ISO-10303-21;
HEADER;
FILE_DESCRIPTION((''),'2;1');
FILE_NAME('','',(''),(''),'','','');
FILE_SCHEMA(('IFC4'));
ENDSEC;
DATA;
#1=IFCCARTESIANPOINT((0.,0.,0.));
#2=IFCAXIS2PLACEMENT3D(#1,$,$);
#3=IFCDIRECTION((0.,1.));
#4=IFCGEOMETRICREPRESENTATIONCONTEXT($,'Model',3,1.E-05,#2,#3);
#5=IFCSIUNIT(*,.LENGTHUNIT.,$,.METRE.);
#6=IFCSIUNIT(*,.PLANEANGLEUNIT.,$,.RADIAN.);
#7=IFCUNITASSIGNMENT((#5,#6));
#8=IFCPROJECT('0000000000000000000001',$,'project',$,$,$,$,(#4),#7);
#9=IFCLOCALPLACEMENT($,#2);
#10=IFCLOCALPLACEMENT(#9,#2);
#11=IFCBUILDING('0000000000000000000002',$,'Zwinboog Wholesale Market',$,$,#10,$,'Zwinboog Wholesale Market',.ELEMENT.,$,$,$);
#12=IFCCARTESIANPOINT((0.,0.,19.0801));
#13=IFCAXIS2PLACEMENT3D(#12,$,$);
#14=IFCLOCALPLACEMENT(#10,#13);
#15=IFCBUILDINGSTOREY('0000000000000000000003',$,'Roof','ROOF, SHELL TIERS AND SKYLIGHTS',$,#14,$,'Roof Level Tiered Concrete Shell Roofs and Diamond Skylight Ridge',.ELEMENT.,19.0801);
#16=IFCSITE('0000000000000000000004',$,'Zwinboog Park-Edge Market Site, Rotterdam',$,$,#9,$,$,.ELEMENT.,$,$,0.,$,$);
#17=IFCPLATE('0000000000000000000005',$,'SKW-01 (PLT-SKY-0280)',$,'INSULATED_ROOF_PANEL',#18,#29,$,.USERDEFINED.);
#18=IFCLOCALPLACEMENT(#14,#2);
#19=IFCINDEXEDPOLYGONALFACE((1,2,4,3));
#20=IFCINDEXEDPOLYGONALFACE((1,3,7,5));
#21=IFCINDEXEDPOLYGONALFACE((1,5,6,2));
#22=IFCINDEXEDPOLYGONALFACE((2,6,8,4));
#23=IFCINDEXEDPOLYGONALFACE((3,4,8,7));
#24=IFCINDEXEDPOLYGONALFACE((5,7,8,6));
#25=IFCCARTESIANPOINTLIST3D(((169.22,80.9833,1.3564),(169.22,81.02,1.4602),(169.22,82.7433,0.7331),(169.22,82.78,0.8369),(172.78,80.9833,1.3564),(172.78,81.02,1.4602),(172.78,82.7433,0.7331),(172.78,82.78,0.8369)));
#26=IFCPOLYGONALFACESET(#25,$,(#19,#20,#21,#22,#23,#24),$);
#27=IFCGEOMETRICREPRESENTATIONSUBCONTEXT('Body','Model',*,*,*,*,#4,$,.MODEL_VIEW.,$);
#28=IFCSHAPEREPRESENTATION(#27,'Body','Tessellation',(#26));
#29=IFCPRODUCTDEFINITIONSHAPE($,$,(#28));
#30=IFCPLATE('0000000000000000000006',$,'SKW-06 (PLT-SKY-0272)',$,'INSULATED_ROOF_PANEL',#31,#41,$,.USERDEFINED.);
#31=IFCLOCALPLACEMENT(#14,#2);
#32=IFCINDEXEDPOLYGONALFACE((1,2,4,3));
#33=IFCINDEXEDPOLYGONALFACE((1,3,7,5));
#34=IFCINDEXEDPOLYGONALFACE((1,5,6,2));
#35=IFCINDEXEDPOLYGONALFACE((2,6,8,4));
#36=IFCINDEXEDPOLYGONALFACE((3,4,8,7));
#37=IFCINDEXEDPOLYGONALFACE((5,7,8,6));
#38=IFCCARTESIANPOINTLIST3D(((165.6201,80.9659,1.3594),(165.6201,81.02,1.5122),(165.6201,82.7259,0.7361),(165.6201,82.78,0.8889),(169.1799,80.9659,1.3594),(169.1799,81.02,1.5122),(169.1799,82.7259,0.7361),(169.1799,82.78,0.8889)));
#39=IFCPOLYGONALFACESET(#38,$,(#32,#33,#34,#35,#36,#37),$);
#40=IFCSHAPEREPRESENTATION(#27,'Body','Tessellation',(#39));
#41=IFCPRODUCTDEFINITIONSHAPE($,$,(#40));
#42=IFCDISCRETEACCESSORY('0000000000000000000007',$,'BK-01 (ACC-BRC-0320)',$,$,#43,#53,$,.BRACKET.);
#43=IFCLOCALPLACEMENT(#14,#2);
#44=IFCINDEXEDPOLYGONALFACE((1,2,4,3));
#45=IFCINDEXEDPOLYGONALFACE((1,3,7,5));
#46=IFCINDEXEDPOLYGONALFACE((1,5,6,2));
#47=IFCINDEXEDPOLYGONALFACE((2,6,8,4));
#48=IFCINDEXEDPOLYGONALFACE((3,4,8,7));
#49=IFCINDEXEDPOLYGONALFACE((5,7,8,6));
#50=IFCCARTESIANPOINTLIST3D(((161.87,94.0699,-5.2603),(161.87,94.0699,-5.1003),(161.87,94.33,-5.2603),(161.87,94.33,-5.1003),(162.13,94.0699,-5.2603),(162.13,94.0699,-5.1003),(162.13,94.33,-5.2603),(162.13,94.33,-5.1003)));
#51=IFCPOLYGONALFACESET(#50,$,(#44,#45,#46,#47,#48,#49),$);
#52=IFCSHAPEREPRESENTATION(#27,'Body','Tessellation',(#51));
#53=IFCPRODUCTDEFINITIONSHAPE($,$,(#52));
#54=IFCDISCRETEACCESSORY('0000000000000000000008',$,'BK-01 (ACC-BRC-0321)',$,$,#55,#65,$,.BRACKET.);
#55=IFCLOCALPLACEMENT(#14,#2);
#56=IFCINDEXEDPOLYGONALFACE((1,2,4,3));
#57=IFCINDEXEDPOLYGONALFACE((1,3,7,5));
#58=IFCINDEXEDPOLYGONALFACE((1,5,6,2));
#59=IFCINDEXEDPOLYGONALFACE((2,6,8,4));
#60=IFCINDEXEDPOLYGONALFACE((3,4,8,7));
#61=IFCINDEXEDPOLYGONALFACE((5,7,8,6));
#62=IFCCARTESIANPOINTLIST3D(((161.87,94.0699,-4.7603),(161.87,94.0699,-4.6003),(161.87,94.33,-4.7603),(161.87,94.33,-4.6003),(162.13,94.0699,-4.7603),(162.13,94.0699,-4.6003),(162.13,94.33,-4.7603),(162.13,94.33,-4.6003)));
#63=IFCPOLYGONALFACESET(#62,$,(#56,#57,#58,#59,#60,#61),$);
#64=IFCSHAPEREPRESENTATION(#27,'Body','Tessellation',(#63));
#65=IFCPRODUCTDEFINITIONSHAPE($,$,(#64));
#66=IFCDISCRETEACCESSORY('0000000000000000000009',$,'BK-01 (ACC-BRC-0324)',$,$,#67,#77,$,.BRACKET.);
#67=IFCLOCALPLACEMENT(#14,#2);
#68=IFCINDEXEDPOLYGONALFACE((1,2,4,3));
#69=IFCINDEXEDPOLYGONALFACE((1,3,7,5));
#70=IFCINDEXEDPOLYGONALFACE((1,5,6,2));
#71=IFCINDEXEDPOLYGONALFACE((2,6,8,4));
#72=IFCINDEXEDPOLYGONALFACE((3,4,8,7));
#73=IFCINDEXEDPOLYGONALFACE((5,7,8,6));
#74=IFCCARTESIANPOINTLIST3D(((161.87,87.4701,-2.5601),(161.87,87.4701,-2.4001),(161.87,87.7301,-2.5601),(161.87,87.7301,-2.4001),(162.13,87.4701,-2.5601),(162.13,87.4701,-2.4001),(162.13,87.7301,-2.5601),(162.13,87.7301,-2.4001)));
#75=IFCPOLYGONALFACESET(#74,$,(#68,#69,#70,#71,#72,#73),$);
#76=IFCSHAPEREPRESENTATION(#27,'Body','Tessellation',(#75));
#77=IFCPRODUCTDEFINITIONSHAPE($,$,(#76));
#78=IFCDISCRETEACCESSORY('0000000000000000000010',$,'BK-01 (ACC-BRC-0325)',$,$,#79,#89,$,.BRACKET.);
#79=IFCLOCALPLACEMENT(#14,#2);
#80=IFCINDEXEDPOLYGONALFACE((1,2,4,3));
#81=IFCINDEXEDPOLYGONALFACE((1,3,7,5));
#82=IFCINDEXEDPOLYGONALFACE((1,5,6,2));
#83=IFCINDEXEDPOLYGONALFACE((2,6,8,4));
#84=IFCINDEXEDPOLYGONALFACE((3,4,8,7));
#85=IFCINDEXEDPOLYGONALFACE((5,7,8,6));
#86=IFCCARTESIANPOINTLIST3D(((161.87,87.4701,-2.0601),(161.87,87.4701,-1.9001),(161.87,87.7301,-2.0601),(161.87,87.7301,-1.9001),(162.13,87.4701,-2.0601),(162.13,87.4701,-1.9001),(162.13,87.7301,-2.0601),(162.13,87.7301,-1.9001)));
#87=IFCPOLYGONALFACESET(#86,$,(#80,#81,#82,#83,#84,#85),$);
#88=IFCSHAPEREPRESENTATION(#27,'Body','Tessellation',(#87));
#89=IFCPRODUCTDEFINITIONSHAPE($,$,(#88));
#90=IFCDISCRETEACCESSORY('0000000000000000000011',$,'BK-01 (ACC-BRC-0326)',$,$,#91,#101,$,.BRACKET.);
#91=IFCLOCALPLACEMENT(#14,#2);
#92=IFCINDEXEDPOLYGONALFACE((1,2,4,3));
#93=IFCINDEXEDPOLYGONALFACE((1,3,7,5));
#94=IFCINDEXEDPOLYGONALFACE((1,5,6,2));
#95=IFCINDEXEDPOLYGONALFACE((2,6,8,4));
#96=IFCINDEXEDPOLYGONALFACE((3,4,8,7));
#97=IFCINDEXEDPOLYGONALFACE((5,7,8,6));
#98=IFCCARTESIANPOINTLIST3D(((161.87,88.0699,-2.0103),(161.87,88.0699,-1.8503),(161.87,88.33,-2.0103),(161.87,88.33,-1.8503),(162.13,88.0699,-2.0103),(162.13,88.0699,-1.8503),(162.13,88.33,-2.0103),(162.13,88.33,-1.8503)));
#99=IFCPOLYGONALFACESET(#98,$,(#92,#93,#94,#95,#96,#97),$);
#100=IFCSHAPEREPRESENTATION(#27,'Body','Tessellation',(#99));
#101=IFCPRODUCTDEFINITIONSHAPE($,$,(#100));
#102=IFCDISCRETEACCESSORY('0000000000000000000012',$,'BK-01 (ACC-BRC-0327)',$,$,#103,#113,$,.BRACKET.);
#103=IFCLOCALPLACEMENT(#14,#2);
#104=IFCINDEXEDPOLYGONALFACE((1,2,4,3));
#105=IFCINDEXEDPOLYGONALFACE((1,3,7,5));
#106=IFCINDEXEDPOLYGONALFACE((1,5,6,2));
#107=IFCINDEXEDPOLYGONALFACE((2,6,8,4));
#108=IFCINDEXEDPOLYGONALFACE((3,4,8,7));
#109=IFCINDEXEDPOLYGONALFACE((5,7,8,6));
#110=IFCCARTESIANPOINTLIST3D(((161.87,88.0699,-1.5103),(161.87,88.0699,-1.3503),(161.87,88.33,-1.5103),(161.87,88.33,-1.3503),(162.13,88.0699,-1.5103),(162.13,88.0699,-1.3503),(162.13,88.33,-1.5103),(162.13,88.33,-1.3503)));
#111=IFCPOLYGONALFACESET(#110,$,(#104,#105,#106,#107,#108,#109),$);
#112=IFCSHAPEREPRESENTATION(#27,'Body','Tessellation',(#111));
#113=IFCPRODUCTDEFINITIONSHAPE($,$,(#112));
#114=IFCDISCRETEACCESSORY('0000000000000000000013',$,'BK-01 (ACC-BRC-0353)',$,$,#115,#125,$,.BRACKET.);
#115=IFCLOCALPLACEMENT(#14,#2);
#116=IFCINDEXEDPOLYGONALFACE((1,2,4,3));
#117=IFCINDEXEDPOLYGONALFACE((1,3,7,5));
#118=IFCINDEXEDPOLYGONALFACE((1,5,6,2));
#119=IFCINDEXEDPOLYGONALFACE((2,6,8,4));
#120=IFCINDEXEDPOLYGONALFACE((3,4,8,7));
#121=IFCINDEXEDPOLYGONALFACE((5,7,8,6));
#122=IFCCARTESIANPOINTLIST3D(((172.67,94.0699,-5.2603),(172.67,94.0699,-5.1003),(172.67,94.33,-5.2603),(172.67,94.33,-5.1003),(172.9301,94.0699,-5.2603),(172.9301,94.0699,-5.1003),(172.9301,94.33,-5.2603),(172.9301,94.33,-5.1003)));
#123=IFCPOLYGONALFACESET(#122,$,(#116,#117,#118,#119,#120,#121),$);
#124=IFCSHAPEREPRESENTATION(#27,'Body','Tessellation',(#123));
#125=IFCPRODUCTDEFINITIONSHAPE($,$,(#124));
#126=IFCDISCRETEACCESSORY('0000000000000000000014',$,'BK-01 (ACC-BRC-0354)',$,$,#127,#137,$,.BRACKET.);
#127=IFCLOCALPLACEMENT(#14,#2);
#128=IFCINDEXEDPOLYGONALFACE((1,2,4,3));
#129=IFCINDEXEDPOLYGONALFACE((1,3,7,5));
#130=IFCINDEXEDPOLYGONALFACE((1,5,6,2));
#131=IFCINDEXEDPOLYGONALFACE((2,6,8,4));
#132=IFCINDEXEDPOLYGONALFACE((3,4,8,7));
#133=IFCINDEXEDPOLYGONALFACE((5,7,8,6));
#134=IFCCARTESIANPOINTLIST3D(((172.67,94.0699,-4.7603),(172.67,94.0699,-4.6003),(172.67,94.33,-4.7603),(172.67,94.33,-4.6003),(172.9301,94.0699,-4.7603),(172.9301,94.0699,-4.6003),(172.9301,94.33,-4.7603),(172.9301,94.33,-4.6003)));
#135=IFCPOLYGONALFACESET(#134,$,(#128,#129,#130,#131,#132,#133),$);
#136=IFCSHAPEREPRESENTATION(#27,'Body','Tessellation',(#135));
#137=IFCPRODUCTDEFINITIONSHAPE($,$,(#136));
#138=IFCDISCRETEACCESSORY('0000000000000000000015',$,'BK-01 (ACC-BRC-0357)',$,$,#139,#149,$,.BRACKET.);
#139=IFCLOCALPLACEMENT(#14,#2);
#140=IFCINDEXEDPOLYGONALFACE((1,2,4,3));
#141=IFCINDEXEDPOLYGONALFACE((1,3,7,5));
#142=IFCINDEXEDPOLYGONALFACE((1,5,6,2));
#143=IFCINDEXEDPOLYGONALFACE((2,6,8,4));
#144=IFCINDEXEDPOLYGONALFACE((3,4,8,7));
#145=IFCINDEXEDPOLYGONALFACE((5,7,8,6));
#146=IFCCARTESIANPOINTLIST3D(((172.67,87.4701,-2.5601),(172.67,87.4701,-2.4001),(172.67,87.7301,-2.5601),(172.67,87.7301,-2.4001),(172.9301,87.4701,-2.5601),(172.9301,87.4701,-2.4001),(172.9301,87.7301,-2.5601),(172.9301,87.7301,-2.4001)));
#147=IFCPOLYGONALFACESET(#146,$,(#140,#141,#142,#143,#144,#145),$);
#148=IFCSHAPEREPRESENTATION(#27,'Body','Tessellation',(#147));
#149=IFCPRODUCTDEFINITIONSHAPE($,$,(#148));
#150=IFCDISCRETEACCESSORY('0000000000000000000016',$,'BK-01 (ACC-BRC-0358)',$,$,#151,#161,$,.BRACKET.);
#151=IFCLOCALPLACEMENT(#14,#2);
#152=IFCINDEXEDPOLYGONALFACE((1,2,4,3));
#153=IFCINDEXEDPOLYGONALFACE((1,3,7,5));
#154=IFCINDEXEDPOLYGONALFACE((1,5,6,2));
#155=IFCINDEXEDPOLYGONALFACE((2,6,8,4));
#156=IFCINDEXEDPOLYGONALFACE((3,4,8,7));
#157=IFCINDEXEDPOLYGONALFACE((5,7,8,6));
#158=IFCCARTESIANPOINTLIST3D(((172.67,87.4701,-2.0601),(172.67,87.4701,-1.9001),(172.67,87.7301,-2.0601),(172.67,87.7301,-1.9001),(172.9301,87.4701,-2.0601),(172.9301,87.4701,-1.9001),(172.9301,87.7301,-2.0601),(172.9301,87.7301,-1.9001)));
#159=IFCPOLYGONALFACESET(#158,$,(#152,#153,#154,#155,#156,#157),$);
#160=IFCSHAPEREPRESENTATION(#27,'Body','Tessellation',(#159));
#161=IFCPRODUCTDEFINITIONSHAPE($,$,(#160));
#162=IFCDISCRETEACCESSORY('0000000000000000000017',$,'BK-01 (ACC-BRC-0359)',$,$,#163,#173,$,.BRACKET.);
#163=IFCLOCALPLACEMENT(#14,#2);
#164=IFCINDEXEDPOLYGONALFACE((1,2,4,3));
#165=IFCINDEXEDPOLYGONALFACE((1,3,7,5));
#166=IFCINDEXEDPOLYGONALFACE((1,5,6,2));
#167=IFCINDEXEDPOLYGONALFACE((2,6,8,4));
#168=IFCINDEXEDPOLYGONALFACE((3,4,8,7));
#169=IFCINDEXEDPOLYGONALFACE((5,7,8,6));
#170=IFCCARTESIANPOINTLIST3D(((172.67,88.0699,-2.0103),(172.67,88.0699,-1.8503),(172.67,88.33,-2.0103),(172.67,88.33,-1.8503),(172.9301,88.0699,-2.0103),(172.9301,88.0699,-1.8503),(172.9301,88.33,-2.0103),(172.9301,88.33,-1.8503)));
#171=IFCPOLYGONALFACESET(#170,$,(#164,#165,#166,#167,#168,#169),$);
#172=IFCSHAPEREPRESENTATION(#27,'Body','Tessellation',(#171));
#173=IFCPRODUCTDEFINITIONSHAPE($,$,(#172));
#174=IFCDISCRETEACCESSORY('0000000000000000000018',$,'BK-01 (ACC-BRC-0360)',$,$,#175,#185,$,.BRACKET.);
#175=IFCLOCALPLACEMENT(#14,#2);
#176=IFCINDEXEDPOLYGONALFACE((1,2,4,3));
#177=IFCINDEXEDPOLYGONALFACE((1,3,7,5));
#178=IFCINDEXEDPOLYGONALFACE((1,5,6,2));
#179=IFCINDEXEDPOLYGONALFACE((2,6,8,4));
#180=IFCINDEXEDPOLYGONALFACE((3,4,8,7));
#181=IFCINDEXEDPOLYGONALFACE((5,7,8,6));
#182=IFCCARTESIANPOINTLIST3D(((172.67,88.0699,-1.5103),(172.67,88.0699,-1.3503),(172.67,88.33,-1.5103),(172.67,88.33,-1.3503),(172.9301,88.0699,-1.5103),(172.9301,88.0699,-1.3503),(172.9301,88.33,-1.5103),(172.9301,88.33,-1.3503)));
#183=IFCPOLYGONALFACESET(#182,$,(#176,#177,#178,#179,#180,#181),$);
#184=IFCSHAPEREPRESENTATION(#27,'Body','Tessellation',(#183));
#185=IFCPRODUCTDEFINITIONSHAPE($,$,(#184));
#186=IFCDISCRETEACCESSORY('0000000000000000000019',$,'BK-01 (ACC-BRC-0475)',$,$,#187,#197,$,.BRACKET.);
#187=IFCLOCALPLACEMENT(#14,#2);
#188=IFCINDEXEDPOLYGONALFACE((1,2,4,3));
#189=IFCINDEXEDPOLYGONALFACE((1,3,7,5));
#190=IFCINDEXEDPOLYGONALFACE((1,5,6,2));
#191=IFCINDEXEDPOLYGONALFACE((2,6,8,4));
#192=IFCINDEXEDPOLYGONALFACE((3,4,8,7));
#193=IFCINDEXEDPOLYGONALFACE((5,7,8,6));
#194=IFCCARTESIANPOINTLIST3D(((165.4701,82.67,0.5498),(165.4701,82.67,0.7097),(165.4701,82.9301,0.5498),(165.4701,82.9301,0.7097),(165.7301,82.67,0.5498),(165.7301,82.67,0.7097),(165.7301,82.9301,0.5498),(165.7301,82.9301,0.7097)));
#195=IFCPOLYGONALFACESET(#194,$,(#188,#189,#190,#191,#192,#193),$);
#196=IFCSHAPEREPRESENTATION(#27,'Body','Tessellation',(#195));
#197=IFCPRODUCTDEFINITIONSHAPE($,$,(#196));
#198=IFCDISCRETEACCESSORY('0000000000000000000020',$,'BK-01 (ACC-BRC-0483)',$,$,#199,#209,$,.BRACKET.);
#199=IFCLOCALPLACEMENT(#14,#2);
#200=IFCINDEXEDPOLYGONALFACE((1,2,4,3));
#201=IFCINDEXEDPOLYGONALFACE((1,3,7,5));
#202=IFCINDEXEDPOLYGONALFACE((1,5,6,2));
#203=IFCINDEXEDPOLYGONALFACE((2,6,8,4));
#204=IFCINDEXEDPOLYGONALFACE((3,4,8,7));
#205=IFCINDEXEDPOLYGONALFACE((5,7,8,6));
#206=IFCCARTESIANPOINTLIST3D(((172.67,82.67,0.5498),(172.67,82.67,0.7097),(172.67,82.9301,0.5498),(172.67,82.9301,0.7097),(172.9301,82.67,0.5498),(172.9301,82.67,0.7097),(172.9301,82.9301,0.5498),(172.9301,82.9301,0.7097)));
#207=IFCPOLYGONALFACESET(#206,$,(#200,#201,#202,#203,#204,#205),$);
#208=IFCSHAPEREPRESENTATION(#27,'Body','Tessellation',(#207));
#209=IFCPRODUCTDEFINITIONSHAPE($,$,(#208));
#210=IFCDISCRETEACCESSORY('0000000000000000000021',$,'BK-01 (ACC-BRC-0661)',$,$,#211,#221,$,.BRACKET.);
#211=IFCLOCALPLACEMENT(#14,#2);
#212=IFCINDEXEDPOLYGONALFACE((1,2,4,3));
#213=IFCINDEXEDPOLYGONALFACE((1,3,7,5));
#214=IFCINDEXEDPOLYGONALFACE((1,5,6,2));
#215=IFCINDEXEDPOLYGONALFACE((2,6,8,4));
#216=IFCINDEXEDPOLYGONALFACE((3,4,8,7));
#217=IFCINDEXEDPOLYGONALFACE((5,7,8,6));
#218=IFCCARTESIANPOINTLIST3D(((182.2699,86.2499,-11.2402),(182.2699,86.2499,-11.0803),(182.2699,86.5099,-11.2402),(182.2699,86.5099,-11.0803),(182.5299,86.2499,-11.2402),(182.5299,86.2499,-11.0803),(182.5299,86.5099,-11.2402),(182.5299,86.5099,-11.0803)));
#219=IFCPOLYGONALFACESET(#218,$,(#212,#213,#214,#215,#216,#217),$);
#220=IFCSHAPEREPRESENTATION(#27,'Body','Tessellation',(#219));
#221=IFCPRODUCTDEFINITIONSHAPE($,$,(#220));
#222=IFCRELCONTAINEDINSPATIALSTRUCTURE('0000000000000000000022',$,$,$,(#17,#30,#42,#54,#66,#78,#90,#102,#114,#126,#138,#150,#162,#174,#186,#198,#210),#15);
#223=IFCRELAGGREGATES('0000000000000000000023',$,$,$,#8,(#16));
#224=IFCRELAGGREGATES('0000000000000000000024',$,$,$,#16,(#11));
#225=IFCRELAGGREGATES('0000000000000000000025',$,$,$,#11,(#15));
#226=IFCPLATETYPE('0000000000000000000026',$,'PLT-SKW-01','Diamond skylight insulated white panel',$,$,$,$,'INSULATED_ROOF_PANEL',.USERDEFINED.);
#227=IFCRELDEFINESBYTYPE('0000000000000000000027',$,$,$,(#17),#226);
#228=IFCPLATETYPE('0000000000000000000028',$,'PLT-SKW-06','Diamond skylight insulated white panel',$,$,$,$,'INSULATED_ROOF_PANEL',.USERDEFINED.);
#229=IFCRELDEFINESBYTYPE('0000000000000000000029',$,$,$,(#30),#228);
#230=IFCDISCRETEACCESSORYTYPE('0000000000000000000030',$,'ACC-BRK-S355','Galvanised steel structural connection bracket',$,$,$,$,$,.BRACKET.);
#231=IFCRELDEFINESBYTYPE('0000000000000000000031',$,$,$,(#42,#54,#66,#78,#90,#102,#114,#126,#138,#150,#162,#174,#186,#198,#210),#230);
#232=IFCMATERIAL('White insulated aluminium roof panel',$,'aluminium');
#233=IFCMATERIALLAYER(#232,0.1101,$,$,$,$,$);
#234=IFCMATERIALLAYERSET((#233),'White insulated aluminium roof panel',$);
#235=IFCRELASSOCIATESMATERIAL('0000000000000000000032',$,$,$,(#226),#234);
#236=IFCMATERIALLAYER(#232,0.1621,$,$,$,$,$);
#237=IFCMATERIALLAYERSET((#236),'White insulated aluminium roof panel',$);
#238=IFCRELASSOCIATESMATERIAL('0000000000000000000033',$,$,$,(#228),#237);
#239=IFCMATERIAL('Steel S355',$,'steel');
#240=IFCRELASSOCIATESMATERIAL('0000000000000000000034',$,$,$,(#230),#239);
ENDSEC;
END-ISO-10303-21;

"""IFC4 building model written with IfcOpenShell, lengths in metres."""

from ifc_helpers import new_model, si_unit, direction, frame, origin, origin_2d, place, context, subcontext, project, spatial, polyline, rectangle, outline, extrude, material, layer, layer_set, type_object, element, save


model = new_model("IFC4")

# Units and contexts
model_context = context("Model", 3, precision=1e-05, world=origin(), true_north=direction((0.0, 1.0)))
body_context = subcontext(model_context, "Body", "Model", "MODEL_VIEW")
ifc_project = project(units=[si_unit("LENGTHUNIT", "METRE"), si_unit("PLANEANGLEUNIT", "RADIAN")], contexts=[model_context])

# Site, building, storey
site_placement = place(None, origin())
site = spatial("IfcSite", under=ifc_project, at=site_placement, Name="Zwinboog Park-Edge Market Site, Rotterdam", CompositionType="ELEMENT", RefElevation=0.0)
building_placement = place(site_placement, origin())
building = spatial("IfcBuilding", under=site, at=building_placement, Name="Zwinboog Wholesale Market", LongName="Zwinboog Wholesale Market", CompositionType="ELEMENT")
storey_placement = place(building_placement, frame((0.0, 0.0, 19.0801)))
storey = spatial("IfcBuildingStorey", under=building, at=storey_placement, Name="Roof", Description="ROOF, SHELL TIERS AND SKYLIGHTS", LongName="Roof Level Tiered Concrete Shell Roofs and Diamond Skylight Ridge", CompositionType="ELEMENT", Elevation=19.0801)

# Shared definitions
ifc_material_1 = material(Name="Steel S355", Category="steel")

# Plates
ifc_material_2 = material(Name="White insulated aluminium roof panel", Category="aluminium")
ifc_layer_1 = layer(ifc_material_2, 0.1101)
ifc_layer_set_1 = layer_set([ifc_layer_1], Name="White insulated aluminium roof panel")
plate_type_1 = type_object("IfcPlateType", Name="PLT-SKW-01", Description="Diamond skylight insulated white panel", ElementType="INSULATED_ROOF_PANEL", PredefinedType="USERDEFINED", material=ifc_layer_set_1)
plate_1_placement = place(storey_placement, frame((169.22, 81.02, 1.4602), z_axis=(0.0, 0.333825, 0.942635), x_axis=(1.0, 0.0, 0.0)))
element("IfcPlate", 1, at=plate_1_placement, inside=storey, type_object=plate_type_1, Name="SKW-01 (PLT-SKY-0280)", ObjectType="INSULATED_ROOF_PANEL", PredefinedType="USERDEFINED", context=body_context, shape_type="SweptSolid", body=[
    extrude(outline(polyline([(0.0, 0.0), (3.5601, 0.0), (3.5601, 1.8671), (0.0, 1.8671), (0.0, 0.0)])), origin(), (0.0, 0.0, -1.0), 0.1101),
])
ifc_layer_2 = layer(ifc_material_2, 0.1621)
ifc_layer_set_2 = layer_set([ifc_layer_2], Name="White insulated aluminium roof panel")
plate_type_2 = type_object("IfcPlateType", Name="PLT-SKW-06", Description="Diamond skylight insulated white panel", ElementType="INSULATED_ROOF_PANEL", PredefinedType="USERDEFINED", material=ifc_layer_set_2)
plate_2_placement = place(storey_placement, frame((165.6201, 81.02, 1.5122), z_axis=(0.0, 0.333825, 0.942635), x_axis=(1.0, 0.0, 0.0)))
element("IfcPlate", 2, at=plate_2_placement, inside=storey, type_object=plate_type_2, Name="SKW-06 (PLT-SKY-0272)", ObjectType="INSULATED_ROOF_PANEL", PredefinedType="USERDEFINED", context=body_context, shape_type="SweptSolid", body=[
    extrude(outline(polyline([(0.0, 0.0), (3.5598, 0.0), (3.5598, 1.8671), (0.0, 1.8671), (0.0, 0.0)])), origin(), (0.0, 0.0, -1.0), 0.1621),
])

# Discrete accessories
discrete_accessory_type = type_object("IfcDiscreteAccessoryType", Name="ACC-BRK-S355", Description="Galvanised steel structural connection bracket", PredefinedType="BRACKET", material=ifc_material_1)
for number, where, z_axis, x_axis, name in (
    (3, (162.0, 94.2, -5.2603), (0.0, 0.0, 1.0), (1.0, 0.0, 0.0), "BK-01 (ACC-BRC-0320)"),
    (4, (162.0, 94.2, -4.7603), (0.0, 0.0, 1.0), (1.0, 0.0, 0.0), "BK-01 (ACC-BRC-0321)"),
    (5, (162.0, 87.6001, -2.5601), (0.0, 0.0, 1.0), (1.0, 0.0, 0.0), "BK-01 (ACC-BRC-0324)"),
    (6, (162.0, 87.6001, -2.0601), (0.0, 0.0, 1.0), (1.0, 0.0, 0.0), "BK-01 (ACC-BRC-0325)"),
    (7, (162.0, 88.2, -2.0103), (0.0, 0.0, 1.0), (1.0, 0.0, 0.0), "BK-01 (ACC-BRC-0326)"),
    (8, (162.0, 88.2, -1.5103), (0.0, 0.0, 1.0), (1.0, 0.0, 0.0), "BK-01 (ACC-BRC-0327)"),
    (9, (172.8, 94.2, -5.2603), (0.0, 0.0, 1.0), (1.0, 0.0, 0.0), "BK-01 (ACC-BRC-0353)"),
    (10, (172.8, 94.2, -4.7603), (0.0, 0.0, 1.0), (1.0, 0.0, 0.0), "BK-01 (ACC-BRC-0354)"),
    (11, (172.8, 87.6001, -2.5601), (0.0, 0.0, 1.0), (1.0, 0.0, 0.0), "BK-01 (ACC-BRC-0357)"),
    (12, (172.8, 87.6001, -2.0601), (0.0, 0.0, 1.0), (1.0, 0.0, 0.0), "BK-01 (ACC-BRC-0358)"),
    (13, (172.8, 88.2, -2.0103), (0.0, 0.0, 1.0), (1.0, 0.0, 0.0), "BK-01 (ACC-BRC-0359)"),
    (14, (172.8, 88.2, -1.5103), (0.0, 0.0, 1.0), (1.0, 0.0, 0.0), "BK-01 (ACC-BRC-0360)"),
    (15, (165.6001, 82.8, 0.5498), (0.0, 0.0, 1.0), (1.0, 0.0, 0.0), "BK-01 (ACC-BRC-0475)"),
    (16, (172.8, 82.8, 0.5498), (0.0, 0.0, 1.0), (1.0, 0.0, 0.0), "BK-01 (ACC-BRC-0483)"),
    (17, (182.3999, 86.3799, -11.2402), (0.0, 0.0, 1.0), (1.0, 0.0, 0.0), "BK-01 (ACC-BRC-0661)"),
):
    element("IfcDiscreteAccessory", number, at=place(storey_placement, frame(where, z_axis=z_axis, x_axis=x_axis)), inside=storey, type_object=discrete_accessory_type, Name=name, PredefinedType="BRACKET", context=body_context, shape_type="SweptSolid", body=[
        extrude(rectangle(XDim=0.26, YDim=0.26, at=origin_2d()), origin(), (0.0, 0.0, 1.0), 0.1599),
    ])

save(model, "model.ifc")
